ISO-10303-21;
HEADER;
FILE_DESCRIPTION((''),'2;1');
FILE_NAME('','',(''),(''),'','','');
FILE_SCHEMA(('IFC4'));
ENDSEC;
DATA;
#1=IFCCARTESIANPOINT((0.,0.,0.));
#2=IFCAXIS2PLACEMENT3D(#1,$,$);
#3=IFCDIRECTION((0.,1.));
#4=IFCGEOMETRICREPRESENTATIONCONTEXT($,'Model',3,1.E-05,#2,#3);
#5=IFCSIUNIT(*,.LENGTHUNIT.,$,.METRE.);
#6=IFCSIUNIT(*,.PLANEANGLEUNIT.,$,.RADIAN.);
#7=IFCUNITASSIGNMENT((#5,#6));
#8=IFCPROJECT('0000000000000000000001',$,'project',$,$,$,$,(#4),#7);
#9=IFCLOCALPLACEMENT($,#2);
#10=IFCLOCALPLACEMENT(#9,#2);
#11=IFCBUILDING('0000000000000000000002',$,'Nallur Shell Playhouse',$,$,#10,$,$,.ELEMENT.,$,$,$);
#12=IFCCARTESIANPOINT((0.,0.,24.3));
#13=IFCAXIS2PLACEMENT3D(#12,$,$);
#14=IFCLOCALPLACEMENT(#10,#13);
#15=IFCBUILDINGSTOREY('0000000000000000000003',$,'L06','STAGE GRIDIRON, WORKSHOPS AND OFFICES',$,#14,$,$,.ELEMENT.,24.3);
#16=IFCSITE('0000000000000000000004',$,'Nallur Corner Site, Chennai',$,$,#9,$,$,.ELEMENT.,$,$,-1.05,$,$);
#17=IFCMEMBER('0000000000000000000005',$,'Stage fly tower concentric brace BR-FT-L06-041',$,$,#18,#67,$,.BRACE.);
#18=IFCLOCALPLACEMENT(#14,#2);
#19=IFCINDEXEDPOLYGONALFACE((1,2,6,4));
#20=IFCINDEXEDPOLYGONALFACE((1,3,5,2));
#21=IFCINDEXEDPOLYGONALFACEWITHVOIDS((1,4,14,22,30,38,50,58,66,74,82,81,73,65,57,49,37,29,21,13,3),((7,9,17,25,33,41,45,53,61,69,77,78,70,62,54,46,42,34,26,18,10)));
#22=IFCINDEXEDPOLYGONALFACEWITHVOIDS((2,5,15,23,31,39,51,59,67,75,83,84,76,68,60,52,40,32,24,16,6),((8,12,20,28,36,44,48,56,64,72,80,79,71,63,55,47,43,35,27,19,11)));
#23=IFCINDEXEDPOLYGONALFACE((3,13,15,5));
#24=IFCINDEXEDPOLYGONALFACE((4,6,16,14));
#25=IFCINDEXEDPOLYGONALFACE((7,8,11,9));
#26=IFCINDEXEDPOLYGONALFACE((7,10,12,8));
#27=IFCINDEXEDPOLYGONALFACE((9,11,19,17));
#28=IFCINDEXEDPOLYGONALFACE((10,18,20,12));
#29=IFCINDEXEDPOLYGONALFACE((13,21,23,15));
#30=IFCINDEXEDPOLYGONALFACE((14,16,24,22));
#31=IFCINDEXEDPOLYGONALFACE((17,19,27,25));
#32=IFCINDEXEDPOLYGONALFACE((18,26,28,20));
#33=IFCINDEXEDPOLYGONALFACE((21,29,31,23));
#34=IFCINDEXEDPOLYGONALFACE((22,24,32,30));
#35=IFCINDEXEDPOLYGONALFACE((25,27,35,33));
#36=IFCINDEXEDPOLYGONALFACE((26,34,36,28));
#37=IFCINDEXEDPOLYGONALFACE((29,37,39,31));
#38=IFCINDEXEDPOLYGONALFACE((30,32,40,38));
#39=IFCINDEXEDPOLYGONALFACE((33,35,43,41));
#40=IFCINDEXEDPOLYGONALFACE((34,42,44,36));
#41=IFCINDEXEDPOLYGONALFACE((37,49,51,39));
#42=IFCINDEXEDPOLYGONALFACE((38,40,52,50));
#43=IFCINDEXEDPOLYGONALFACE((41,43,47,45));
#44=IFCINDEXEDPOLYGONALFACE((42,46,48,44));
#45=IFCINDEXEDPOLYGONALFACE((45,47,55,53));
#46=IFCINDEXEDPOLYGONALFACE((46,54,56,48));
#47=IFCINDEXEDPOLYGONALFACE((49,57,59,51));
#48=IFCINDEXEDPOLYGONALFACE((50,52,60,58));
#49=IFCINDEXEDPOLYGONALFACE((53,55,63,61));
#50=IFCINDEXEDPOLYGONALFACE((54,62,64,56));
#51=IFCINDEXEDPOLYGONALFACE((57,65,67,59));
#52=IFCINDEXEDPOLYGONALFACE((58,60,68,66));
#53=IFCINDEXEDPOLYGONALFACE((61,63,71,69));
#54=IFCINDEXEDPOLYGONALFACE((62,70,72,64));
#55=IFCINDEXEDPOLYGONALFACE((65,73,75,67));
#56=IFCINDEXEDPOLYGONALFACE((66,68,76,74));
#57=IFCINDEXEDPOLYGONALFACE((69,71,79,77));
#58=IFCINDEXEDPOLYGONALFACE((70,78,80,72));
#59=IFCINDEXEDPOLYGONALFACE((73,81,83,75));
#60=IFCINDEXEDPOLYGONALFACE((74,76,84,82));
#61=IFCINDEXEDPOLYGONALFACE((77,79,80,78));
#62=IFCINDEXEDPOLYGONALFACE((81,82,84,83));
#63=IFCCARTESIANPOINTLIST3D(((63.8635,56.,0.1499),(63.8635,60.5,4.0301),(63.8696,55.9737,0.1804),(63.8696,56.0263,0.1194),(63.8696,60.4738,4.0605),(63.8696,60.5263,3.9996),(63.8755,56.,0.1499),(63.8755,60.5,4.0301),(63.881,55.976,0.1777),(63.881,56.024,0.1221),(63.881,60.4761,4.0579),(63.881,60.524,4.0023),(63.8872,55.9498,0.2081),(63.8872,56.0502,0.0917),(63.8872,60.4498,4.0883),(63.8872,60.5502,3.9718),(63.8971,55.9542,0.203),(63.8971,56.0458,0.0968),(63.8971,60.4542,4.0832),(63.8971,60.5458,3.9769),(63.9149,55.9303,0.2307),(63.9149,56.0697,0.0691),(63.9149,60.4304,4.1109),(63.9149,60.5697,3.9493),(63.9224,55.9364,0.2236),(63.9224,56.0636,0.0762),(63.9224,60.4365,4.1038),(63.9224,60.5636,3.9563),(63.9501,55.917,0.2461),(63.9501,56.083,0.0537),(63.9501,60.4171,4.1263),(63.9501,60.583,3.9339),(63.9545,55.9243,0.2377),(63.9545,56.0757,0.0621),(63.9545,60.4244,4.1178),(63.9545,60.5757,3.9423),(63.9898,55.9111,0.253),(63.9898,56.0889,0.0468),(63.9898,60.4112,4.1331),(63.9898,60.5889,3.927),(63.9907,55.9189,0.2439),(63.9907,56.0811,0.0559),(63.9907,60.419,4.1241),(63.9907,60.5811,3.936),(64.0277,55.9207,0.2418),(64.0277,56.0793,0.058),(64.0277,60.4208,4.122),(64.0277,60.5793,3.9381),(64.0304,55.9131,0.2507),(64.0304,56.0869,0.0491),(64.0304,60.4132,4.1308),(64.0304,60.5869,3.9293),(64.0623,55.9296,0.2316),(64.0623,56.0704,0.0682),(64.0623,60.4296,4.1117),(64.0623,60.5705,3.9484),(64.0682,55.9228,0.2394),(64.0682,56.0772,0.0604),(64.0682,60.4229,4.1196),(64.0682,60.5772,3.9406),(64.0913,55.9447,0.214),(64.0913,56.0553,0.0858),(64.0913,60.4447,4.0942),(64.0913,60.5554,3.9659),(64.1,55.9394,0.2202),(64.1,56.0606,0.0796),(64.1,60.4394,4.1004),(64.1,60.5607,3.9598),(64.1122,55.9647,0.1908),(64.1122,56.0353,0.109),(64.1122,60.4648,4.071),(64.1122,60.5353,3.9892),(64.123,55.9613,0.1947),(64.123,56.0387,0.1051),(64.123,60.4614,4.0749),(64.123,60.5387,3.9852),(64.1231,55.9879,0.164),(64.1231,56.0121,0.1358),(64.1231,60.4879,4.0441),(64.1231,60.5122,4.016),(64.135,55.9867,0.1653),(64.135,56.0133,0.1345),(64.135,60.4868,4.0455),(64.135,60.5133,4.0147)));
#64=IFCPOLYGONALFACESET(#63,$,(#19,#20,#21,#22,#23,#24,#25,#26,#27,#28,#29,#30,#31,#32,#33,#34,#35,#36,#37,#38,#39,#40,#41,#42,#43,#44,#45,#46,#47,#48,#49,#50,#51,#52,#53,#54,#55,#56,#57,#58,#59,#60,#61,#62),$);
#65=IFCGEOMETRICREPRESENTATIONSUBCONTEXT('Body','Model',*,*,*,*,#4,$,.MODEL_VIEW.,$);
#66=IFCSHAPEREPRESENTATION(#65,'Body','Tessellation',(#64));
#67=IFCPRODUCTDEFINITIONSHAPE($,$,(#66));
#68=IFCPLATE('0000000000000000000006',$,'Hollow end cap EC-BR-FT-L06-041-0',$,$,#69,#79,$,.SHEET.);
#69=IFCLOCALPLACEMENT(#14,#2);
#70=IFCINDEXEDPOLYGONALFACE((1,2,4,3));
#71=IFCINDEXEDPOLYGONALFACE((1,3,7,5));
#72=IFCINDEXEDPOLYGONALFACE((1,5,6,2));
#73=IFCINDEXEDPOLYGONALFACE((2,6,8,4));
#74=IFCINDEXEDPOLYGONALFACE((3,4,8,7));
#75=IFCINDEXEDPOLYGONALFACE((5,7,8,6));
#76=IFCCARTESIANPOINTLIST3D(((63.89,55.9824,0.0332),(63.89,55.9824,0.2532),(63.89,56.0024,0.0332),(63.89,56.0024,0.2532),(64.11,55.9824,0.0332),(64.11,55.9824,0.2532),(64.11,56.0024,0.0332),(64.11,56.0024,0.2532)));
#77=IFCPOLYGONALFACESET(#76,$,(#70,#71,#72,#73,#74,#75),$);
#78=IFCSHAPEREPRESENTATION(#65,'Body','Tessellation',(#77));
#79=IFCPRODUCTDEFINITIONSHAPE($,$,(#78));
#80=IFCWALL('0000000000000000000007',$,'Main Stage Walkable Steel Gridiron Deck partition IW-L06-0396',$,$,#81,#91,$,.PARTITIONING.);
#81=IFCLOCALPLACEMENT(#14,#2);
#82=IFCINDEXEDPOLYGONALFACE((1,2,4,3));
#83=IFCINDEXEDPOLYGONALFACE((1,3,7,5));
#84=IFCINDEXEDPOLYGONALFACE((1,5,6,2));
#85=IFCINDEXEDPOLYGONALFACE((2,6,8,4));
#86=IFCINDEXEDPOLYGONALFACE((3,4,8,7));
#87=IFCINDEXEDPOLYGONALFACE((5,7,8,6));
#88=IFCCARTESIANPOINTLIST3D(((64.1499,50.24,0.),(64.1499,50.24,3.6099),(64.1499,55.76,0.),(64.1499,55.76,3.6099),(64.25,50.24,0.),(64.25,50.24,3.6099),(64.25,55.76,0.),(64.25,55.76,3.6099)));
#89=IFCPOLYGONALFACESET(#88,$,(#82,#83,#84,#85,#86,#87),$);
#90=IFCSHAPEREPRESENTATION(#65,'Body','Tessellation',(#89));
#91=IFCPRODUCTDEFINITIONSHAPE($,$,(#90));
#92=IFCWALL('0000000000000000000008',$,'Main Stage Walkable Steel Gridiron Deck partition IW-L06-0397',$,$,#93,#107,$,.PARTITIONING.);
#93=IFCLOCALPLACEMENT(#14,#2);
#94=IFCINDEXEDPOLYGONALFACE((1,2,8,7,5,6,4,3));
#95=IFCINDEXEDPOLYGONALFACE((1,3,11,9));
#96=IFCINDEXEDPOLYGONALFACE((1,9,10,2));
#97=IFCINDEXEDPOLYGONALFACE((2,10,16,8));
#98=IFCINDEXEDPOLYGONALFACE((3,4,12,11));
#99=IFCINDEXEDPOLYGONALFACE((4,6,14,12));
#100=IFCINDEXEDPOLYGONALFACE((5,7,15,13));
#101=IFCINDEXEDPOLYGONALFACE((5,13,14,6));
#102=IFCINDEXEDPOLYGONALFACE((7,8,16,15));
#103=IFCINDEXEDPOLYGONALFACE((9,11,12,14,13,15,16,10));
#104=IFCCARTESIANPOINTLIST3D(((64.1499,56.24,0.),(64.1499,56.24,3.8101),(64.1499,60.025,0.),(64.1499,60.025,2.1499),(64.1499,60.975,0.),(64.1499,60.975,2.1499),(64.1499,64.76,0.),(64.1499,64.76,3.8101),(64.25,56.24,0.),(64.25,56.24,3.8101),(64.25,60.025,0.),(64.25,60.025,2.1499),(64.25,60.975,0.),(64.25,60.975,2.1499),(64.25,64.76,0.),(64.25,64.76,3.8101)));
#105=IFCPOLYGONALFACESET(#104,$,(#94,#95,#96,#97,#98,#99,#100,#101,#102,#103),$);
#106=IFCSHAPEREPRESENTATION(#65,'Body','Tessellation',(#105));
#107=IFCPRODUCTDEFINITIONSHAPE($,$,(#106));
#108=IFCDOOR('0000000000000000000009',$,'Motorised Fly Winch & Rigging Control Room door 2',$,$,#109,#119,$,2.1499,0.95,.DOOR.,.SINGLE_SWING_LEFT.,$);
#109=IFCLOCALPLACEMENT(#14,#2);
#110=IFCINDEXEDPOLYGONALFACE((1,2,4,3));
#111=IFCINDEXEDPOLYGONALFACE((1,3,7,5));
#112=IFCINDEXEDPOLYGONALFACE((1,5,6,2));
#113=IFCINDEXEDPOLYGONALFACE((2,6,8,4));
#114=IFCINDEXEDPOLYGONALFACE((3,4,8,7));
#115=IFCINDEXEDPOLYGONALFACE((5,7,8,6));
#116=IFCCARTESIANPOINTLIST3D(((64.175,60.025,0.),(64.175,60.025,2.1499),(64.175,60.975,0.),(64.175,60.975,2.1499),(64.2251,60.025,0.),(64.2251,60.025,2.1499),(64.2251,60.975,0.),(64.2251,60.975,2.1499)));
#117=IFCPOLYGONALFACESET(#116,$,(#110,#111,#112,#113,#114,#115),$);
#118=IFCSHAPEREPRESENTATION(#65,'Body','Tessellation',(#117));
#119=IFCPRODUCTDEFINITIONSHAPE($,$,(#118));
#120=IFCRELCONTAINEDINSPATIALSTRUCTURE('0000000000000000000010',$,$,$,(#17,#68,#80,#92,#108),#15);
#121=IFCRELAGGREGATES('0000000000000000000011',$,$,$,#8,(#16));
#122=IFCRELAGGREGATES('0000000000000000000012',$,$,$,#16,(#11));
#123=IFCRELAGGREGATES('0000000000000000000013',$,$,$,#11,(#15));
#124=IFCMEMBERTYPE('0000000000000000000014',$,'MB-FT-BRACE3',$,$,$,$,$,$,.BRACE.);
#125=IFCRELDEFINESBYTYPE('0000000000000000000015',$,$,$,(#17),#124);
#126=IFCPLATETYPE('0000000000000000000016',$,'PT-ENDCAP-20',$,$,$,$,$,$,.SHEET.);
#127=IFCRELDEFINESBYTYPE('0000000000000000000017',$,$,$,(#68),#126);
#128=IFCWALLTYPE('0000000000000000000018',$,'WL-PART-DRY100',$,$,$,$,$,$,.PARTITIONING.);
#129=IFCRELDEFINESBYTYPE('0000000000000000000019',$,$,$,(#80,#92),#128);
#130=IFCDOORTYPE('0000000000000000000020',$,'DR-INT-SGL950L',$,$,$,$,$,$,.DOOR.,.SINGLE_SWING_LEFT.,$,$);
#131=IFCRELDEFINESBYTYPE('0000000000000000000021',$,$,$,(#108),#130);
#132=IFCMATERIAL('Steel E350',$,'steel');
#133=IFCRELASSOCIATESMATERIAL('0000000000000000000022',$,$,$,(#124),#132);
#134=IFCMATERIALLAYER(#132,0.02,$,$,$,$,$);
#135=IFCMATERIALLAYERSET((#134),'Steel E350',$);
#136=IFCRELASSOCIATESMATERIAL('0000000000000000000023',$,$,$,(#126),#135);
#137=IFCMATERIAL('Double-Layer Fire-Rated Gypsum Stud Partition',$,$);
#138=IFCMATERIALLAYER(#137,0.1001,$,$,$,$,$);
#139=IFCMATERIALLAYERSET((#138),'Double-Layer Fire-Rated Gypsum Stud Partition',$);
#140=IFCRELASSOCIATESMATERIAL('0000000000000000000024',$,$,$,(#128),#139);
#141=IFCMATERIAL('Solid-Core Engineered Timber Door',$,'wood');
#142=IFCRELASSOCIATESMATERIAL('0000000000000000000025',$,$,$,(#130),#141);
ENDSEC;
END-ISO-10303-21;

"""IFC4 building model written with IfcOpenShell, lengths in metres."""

from ifc_helpers import new_model, si_unit, direction, frame, frame_2d, origin, origin_2d, place, context, subcontext, project, spatial, rectangle, hollow_circle, extrude, material, layer, layer_set, material_profile, profile_set, type_object, element, fill, save


model = new_model("IFC4")

# Units and contexts
model_context = context("Model", 3, precision=1e-05, world=origin(), true_north=direction((0.0, 1.0)))
body_context = subcontext(model_context, "Body", "Model", "MODEL_VIEW")
ifc_project = project(units=[si_unit("LENGTHUNIT", "METRE"), si_unit("PLANEANGLEUNIT", "RADIAN")], contexts=[model_context])

# Site, building, storey
site_placement = place(None, origin())
site = spatial("IfcSite", under=ifc_project, at=site_placement, Name="Nallur Corner Site, Chennai", CompositionType="ELEMENT", RefElevation=-1.05)
building_placement = place(site_placement, origin())
building = spatial("IfcBuilding", under=site, at=building_placement, Name="Nallur Shell Playhouse", CompositionType="ELEMENT")
storey_placement = place(building_placement, frame((0.0, 0.0, 24.3)))
storey = spatial("IfcBuildingStorey", under=building, at=storey_placement, Name="L06", Description="STAGE GRIDIRON, WORKSHOPS AND OFFICES", CompositionType="ELEMENT", Elevation=24.3)

# Shared definitions
ifc_material_1 = material(Name="Steel E350", Category="steel")

# Member
ifc_material_profile_1 = material_profile(ifc_material_1, hollow_circle(Radius=0.1365, WallThickness=0.012, at=origin_2d()), Name="CHS 273.0x12")
ifc_profile_set_1 = profile_set([ifc_material_profile_1], Name="Steel E350")
member_type = type_object("IfcMemberType", Name="MB-FT-BRACE3", PredefinedType="BRACE", material=ifc_profile_set_1)
member_placement = place(storey_placement, frame((64.0, 56.0, 0.1499), z_axis=(0.0, 0.757342, 0.653018), x_axis=(-1.0, 0.0, 0.0)))
element("IfcMember", 1, at=member_placement, inside=storey, type_object=member_type, Name="Stage fly tower concentric brace BR-FT-L06-041", PredefinedType="BRACE", context=body_context, shape_type="SweptSolid", body=[
    extrude(hollow_circle(Radius=0.1365, WallThickness=0.012, at=origin_2d()), origin(), (0.0, 0.0, 1.0), 5.9419),
])

# Plate
ifc_layer_1 = layer(ifc_material_1, 0.02)
ifc_layer_set_1 = layer_set([ifc_layer_1], Name="Steel E350")
plate_type = type_object("IfcPlateType", Name="PT-ENDCAP-20", PredefinedType="SHEET", material=ifc_layer_set_1)
plate_placement = place(storey_placement, frame((64.0, 55.9924, 0.0332), z_axis=(0.0, 0.0, 1.0), x_axis=(1.0, 0.0, 0.0)))
element("IfcPlate", 2, at=plate_placement, inside=storey, type_object=plate_type, Name="Hollow end cap EC-BR-FT-L06-041-0", PredefinedType="SHEET", context=body_context, shape_type="SweptSolid", body=[
    extrude(rectangle(XDim=0.22, YDim=0.02, at=origin_2d()), origin(), (0.0, 0.0, 1.0), 0.22),
])

# Wall
ifc_material_2 = material(Name="Double-Layer Fire-Rated Gypsum Stud Partition")
ifc_layer_2 = layer(ifc_material_2, 0.1001)
ifc_layer_set_2 = layer_set([ifc_layer_2], Name="Double-Layer Fire-Rated Gypsum Stud Partition")
wall_type = type_object("IfcWallType", Name="WL-PART-DRY100", PredefinedType="PARTITIONING", material=ifc_layer_set_2)
wall_1_placement = place(storey_placement, frame((64.2, 50.24, 0.0), z_axis=(0.0, 0.0, 1.0), x_axis=(0.0, 1.0, 0.0)))
element("IfcWall", 3, at=wall_1_placement, inside=storey, type_object=wall_type, Name="Main Stage Walkable Steel Gridiron Deck partition IW-L06-0396", PredefinedType="PARTITIONING", context=body_context, shape_type="SweptSolid", body=[
    extrude(rectangle(XDim=5.52, YDim=0.1001, at=frame_2d((2.76, 0.0))), origin(), (0.0, 0.0, 1.0), 3.6099),
])

# Wall, opening, door
wall_2_placement = place(storey_placement, frame((64.2, 56.24, 0.0), z_axis=(0.0, 0.0, 1.0), x_axis=(0.0, 1.0, 0.0)))
wall_2 = element("IfcWall", 4, at=wall_2_placement, inside=storey, type_object=wall_type, Name="Main Stage Walkable Steel Gridiron Deck partition IW-L06-0397", PredefinedType="PARTITIONING", context=body_context, shape_type="SweptSolid", body=[
    extrude(rectangle(XDim=8.52, YDim=0.1001, at=frame_2d((4.26, 0.0))), origin(), (0.0, 0.0, 1.0), 3.8101),
])
opening_placement = place(wall_2_placement, frame((3.7849, 0.0, 0.0)))
opening = element("IfcOpeningElement", 5, at=opening_placement, cuts=wall_2, PredefinedType="OPENING", context=body_context, shape_type="SweptSolid", body=[
    extrude(rectangle(XDim=0.95, YDim=2.1499, at=frame_2d((0.4751, 1.075))), frame((0.0, 0.0601, 0.0), z_axis=(0.0, -1.0, 0.0), x_axis=(1.0, 0.0, 0.0)), (0.0, 0.0, 1.0), 0.1201),
])
ifc_material_3 = material(Name="Solid-Core Engineered Timber Door", Category="wood")
door_type = type_object("IfcDoorType", Name="DR-INT-SGL950L", OperationType="SINGLE_SWING_LEFT", PredefinedType="DOOR", material=ifc_material_3)
door_placement = place(opening_placement, origin())
door = element("IfcDoor", 6, at=door_placement, inside=storey, type_object=door_type, Name="Motorised Fly Winch & Rigging Control Room door 2", OperationType="SINGLE_SWING_LEFT", OverallHeight=2.1499, OverallWidth=0.95, PredefinedType="DOOR", context=body_context, shape_type="SweptSolid", body=[
    extrude(rectangle(XDim=0.95, YDim=2.1499, at=frame_2d((0.4751, 1.075))), frame((0.0, 0.0249, 0.0), z_axis=(0.0, -1.0, 0.0), x_axis=(1.0, 0.0, 0.0)), (0.0, 0.0, 1.0), 0.05),
])
fill(opening, door)

save(model, "model.ifc")
